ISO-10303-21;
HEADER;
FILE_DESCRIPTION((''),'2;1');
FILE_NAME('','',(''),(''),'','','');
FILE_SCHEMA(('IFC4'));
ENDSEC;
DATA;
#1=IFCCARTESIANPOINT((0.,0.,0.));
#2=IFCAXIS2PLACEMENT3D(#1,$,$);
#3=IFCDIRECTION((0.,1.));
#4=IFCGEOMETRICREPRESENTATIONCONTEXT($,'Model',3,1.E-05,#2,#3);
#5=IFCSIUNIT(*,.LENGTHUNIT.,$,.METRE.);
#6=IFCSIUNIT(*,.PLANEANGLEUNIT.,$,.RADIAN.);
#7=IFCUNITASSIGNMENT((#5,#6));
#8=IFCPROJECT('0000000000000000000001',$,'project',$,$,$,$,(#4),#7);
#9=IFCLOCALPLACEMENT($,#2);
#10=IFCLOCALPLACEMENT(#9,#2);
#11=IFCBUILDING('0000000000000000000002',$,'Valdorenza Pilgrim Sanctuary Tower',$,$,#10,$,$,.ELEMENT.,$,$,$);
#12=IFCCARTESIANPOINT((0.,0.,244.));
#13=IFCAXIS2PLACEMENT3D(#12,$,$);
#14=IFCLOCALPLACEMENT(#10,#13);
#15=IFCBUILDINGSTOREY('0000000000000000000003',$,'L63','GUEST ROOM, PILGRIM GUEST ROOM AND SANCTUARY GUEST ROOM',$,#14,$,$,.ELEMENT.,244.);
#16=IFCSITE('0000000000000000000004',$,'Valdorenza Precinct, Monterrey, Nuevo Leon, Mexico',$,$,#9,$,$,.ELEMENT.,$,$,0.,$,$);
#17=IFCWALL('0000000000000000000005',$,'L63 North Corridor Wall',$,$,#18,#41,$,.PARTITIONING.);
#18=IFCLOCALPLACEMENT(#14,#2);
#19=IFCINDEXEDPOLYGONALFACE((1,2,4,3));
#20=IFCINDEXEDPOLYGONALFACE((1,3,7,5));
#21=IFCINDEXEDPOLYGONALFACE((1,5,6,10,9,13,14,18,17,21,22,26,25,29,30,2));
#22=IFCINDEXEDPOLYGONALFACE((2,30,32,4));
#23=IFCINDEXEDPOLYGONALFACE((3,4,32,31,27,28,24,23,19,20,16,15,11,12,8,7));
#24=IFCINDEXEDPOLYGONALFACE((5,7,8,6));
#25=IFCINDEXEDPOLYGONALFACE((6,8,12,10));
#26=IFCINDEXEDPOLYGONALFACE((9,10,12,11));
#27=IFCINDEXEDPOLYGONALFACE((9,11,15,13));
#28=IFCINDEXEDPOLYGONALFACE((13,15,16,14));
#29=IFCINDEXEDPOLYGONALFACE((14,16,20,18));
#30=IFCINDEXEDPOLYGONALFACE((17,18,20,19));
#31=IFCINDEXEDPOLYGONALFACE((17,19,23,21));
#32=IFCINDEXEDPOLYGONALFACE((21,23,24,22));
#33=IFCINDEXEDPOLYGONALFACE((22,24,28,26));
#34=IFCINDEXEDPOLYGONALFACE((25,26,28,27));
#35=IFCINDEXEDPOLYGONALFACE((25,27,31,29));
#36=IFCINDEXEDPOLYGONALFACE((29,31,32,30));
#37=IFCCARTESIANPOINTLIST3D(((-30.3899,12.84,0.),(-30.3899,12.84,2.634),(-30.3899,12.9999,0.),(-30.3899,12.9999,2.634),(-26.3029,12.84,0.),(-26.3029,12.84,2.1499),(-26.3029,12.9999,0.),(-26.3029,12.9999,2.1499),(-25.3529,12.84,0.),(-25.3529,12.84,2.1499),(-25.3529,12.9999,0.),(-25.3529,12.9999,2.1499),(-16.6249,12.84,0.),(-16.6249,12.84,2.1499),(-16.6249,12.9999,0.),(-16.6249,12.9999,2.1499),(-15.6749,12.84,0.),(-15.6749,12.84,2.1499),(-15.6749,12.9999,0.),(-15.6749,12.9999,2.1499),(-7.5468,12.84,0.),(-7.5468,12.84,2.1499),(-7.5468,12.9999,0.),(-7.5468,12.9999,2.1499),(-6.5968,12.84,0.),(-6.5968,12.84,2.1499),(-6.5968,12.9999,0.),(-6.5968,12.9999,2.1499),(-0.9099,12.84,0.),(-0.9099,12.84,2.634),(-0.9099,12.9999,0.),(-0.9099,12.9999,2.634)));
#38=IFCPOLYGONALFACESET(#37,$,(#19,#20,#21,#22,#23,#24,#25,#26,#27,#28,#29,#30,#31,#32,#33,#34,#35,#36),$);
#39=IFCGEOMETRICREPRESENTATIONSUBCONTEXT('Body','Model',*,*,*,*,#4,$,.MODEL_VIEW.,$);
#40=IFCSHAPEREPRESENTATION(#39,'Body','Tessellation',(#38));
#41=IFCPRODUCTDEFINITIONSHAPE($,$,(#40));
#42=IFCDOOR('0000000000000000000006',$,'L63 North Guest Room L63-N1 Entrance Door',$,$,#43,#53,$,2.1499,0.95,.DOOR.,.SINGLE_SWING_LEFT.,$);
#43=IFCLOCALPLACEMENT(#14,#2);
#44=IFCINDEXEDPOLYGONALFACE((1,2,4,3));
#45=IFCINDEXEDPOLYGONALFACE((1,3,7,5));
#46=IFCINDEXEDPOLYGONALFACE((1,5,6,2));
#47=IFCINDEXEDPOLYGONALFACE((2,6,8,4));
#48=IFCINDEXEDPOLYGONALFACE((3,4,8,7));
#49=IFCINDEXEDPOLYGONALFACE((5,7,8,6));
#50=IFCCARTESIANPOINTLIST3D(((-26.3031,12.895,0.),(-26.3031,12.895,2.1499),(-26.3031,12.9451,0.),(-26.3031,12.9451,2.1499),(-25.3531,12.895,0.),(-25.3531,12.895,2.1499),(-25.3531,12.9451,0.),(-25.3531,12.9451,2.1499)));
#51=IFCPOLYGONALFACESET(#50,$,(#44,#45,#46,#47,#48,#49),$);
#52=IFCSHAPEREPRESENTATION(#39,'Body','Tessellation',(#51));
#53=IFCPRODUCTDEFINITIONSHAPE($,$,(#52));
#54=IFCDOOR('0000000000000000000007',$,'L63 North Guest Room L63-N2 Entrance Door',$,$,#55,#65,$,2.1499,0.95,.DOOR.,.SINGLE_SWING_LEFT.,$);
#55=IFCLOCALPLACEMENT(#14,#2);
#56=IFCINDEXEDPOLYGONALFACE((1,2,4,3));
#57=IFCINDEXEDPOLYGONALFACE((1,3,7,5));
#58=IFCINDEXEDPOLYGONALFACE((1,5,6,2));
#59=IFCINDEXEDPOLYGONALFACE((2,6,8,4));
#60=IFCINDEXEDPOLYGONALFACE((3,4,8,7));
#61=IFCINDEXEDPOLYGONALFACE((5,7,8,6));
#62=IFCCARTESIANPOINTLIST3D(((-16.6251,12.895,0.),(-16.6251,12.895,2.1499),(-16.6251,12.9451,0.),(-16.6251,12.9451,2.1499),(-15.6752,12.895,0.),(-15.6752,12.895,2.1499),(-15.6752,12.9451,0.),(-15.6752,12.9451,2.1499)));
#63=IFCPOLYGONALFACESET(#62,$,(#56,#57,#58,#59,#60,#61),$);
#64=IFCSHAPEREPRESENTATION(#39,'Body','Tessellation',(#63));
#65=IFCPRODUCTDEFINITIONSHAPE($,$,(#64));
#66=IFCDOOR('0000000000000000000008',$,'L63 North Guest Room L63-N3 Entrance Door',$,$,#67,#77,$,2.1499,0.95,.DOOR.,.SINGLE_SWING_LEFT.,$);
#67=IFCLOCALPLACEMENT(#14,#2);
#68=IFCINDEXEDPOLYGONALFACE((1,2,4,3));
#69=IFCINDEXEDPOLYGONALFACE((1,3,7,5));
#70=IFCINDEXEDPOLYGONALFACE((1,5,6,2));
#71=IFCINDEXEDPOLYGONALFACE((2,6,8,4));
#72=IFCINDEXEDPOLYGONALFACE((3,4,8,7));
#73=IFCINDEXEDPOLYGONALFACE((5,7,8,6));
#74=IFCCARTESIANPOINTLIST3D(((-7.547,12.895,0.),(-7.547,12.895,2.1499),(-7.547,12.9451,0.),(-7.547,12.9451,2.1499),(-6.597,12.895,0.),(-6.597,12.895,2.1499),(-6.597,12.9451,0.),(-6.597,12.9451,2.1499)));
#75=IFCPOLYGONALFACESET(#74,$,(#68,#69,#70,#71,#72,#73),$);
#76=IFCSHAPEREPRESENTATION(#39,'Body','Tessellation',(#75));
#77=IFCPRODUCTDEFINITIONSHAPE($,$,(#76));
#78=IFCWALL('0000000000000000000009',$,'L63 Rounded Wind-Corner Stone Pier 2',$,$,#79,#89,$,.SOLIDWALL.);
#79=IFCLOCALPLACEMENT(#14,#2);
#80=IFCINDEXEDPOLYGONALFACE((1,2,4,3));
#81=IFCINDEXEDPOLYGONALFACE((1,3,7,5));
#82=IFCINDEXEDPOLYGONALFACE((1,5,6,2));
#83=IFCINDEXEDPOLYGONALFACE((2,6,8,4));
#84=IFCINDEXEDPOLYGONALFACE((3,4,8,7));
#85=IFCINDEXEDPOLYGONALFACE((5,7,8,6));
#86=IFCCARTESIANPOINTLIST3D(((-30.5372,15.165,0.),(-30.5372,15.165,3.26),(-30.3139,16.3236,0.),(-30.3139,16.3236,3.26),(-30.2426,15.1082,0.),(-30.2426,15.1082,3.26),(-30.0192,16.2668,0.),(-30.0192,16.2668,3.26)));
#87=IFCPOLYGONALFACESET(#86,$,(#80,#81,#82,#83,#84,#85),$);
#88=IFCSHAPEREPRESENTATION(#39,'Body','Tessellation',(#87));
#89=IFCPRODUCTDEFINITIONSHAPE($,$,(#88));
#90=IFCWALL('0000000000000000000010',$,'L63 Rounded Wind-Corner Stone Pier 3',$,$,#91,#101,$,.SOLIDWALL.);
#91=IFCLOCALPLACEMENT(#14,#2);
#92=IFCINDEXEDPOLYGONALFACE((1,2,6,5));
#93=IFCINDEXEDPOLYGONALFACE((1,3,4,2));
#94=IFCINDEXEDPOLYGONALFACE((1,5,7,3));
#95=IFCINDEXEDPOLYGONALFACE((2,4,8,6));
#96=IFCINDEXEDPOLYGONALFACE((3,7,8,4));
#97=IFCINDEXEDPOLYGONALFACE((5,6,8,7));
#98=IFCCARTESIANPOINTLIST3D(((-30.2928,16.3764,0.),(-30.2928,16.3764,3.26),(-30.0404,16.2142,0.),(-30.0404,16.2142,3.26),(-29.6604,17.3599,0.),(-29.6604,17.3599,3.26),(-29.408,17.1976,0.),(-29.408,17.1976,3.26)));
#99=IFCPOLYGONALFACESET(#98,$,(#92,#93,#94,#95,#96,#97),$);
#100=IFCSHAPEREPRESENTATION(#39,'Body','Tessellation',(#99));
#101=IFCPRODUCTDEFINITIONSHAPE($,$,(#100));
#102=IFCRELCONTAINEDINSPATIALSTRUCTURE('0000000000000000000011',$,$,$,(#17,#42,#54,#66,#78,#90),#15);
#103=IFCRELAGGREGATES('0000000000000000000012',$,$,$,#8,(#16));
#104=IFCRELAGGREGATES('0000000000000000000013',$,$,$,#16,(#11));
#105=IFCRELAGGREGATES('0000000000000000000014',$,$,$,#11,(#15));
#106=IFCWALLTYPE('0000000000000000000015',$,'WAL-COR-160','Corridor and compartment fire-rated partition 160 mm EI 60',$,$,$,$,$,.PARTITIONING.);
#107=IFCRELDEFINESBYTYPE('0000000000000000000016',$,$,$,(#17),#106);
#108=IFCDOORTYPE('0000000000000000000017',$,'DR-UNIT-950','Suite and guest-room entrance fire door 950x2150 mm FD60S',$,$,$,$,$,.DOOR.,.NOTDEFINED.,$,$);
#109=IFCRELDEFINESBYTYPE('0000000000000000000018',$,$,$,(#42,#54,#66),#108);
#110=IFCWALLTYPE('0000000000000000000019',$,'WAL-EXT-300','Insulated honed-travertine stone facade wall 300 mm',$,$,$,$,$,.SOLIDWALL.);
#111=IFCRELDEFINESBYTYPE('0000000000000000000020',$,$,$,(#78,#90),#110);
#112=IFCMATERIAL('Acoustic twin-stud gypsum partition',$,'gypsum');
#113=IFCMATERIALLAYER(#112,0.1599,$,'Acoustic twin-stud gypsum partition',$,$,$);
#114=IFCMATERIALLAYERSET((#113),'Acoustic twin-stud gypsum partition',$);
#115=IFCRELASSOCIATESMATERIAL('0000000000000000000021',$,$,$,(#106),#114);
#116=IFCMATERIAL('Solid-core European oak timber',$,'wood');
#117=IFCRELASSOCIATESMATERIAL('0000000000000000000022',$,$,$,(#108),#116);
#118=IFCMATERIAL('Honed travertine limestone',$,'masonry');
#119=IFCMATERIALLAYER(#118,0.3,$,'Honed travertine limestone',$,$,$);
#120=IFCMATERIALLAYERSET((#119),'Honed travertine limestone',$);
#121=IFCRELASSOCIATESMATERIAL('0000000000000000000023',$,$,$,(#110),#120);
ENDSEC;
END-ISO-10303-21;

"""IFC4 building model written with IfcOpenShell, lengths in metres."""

from ifc_helpers import new_model, si_unit, direction, frame, frame_2d, origin, place, context, subcontext, project, spatial, rectangle, extrude, material, layer, layer_set, type_object, element, fill, save


model = new_model("IFC4")

# Units and contexts
model_context = context("Model", 3, precision=1e-05, world=origin(), true_north=direction((0.0, 1.0)))
body_context = subcontext(model_context, "Body", "Model", "MODEL_VIEW")
ifc_project = project(units=[si_unit("LENGTHUNIT", "METRE"), si_unit("PLANEANGLEUNIT", "RADIAN")], contexts=[model_context])

# Site, building, storey
site_placement = place(None, origin())
site = spatial("IfcSite", under=ifc_project, at=site_placement, Name="Valdorenza Precinct, Monterrey, Nuevo Leon, Mexico", CompositionType="ELEMENT", RefElevation=0.0)
building_placement = place(site_placement, origin())
building = spatial("IfcBuilding", under=site, at=building_placement, Name="Valdorenza Pilgrim Sanctuary Tower", CompositionType="ELEMENT")
storey_placement = place(building_placement, frame((0.0, 0.0, 244.0)))
storey = spatial("IfcBuildingStorey", under=building, at=storey_placement, Name="L63", Description="GUEST ROOM, PILGRIM GUEST ROOM AND SANCTUARY GUEST ROOM", CompositionType="ELEMENT", Elevation=244.0)

# Shared definitions
ifc_material_1 = material(Name="Honed travertine limestone", Category="masonry")

# Wall, openings, doors
ifc_material_2 = material(Name="Acoustic twin-stud gypsum partition", Category="gypsum")
ifc_layer_1 = layer(ifc_material_2, 0.1599, Name="Acoustic twin-stud gypsum partition")
ifc_layer_set_1 = layer_set([ifc_layer_1], Name="Acoustic twin-stud gypsum partition")
wall_type_1 = type_object("IfcWallType", Name="WAL-COR-160", Description="Corridor and compartment fire-rated partition 160 mm EI 60", PredefinedType="PARTITIONING", material=ifc_layer_set_1)
wall_1_placement = place(storey_placement, frame((-30.3899, 12.9199, 0.0), z_axis=(0.0, 0.0, 1.0), x_axis=(1.0, 0.0, 0.0)))
wall_1 = element("IfcWall", 1, at=wall_1_placement, inside=storey, type_object=wall_type_1, Name="L63 North Corridor Wall", PredefinedType="PARTITIONING", context=body_context, shape_type="SweptSolid", body=[
    extrude(rectangle(XDim=29.48, YDim=0.1599, at=frame_2d((14.74, 0.0))), origin(), (0.0, 0.0, 1.0), 2.634),
])
opening_1_placement = place(wall_1_placement, frame((4.0869, 0.0, 0.0)))
opening_1 = element("IfcOpeningElement", 2, at=opening_1_placement, cuts=wall_1, PredefinedType="OPENING", context=body_context, shape_type="SweptSolid", body=[
    extrude(rectangle(XDim=0.95, YDim=2.1499, at=frame_2d((0.4751, 1.075))), frame((0.0, 0.0947, 0.0), z_axis=(0.0, -1.0, 0.0), x_axis=(1.0, 0.0, 0.0)), (0.0, 0.0, 1.0), 0.1897),
])
opening_2_placement = place(wall_1_placement, frame((13.7649, 0.0, 0.0)))
opening_2 = element("IfcOpeningElement", 3, at=opening_2_placement, cuts=wall_1, PredefinedType="OPENING", context=body_context, shape_type="SweptSolid", body=[
    extrude(rectangle(XDim=0.95, YDim=2.1499, at=frame_2d((0.4751, 1.075))), frame((0.0, 0.0947, 0.0), z_axis=(0.0, -1.0, 0.0), x_axis=(1.0, 0.0, 0.0)), (0.0, 0.0, 1.0), 0.1897),
])
opening_3_placement = place(wall_1_placement, frame((22.843, 0.0, 0.0)))
opening_3 = element("IfcOpeningElement", 4, at=opening_3_placement, cuts=wall_1, PredefinedType="OPENING", context=body_context, shape_type="SweptSolid", body=[
    extrude(rectangle(XDim=0.95, YDim=2.1499, at=frame_2d((0.4751, 1.075))), frame((0.0, 0.0947, 0.0), z_axis=(0.0, -1.0, 0.0), x_axis=(1.0, 0.0, 0.0)), (0.0, 0.0, 1.0), 0.1897),
])
ifc_material_3 = material(Name="Solid-core European oak timber", Category="wood")
door_type = type_object("IfcDoorType", Name="DR-UNIT-950", Description="Suite and guest-room entrance fire door 950x2150 mm FD60S", OperationType="NOTDEFINED", PredefinedType="DOOR", material=ifc_material_3)
door_1_placement = place(opening_1_placement, frame((0.95, 0.0, 0.0), z_axis=(0.0, 0.0, 1.0), x_axis=(-1.0, 0.0, 0.0)))
door_1 = element("IfcDoor", 5, at=door_1_placement, inside=storey, type_object=door_type, Name="L63 North Guest Room L63-N1 Entrance Door", OperationType="SINGLE_SWING_LEFT", OverallHeight=2.1499, OverallWidth=0.95, PredefinedType="DOOR", context=body_context, shape_type="SweptSolid", body=[
    extrude(rectangle(XDim=0.95, YDim=2.1499, at=frame_2d((0.4751, 1.075))), frame((0.0, 0.0249, 0.0), z_axis=(0.0, -1.0, 0.0), x_axis=(1.0, 0.0, 0.0)), (0.0, 0.0, 1.0), 0.05),
])
fill(opening_1, door_1)
door_2_placement = place(opening_2_placement, frame((0.95, 0.0, 0.0), z_axis=(0.0, 0.0, 1.0), x_axis=(-1.0, 0.0, 0.0)))
door_2 = element("IfcDoor", 6, at=door_2_placement, inside=storey, type_object=door_type, Name="L63 North Guest Room L63-N2 Entrance Door", OperationType="SINGLE_SWING_LEFT", OverallHeight=2.1499, OverallWidth=0.95, PredefinedType="DOOR", context=body_context, shape_type="SweptSolid", body=[
    extrude(rectangle(XDim=0.95, YDim=2.1499, at=frame_2d((0.4751, 1.075))), frame((0.0, 0.0249, 0.0), z_axis=(0.0, -1.0, 0.0), x_axis=(1.0, 0.0, 0.0)), (0.0, 0.0, 1.0), 0.05),
])
fill(opening_2, door_2)
door_3_placement = place(opening_3_placement, frame((0.95, 0.0, 0.0), z_axis=(0.0, 0.0, 1.0), x_axis=(-1.0, 0.0, 0.0)))
door_3 = element("IfcDoor", 7, at=door_3_placement, inside=storey, type_object=door_type, Name="L63 North Guest Room L63-N3 Entrance Door", OperationType="SINGLE_SWING_LEFT", OverallHeight=2.1499, OverallWidth=0.95, PredefinedType="DOOR", context=body_context, shape_type="SweptSolid", body=[
    extrude(rectangle(XDim=0.95, YDim=2.1499, at=frame_2d((0.4751, 1.075))), frame((0.0, 0.0249, 0.0), z_axis=(0.0, -1.0, 0.0), x_axis=(1.0, 0.0, 0.0)), (0.0, 0.0, 1.0), 0.05),
])
fill(opening_3, door_3)

# Walls
ifc_layer_2 = layer(ifc_material_1, 0.3, Name="Honed travertine limestone")
ifc_layer_set_2 = layer_set([ifc_layer_2], Name="Honed travertine limestone")
wall_type_2 = type_object("IfcWallType", Name="WAL-EXT-300", Description="Insulated honed-travertine stone facade wall 300 mm", PredefinedType="SOLIDWALL", material=ifc_layer_set_2)
wall_2_placement = place(storey_placement, frame((-30.3899, 15.1367, 0.0), z_axis=(0.0, 0.0, 1.0), x_axis=(0.189308, 0.981918, 0.0)))
element("IfcWall", 8, at=wall_2_placement, inside=storey, type_object=wall_type_2, Name="L63 Rounded Wind-Corner Stone Pier 2", PredefinedType="SOLIDWALL", context=body_context, shape_type="SweptSolid", body=[
    extrude(rectangle(XDim=1.1799, YDim=0.3, at=frame_2d((0.5898, 0.0))), origin(), (0.0, 0.0, 1.0), 3.26),
])
wall_3_placement = place(storey_placement, frame((-30.1665, 16.2954, 0.0), z_axis=(0.0, 0.0, 1.0), x_axis=(0.540842, 0.841124, 0.0)))
element("IfcWall", 9, at=wall_3_placement, inside=storey, type_object=wall_type_2, Name="L63 Rounded Wind-Corner Stone Pier 3", PredefinedType="SOLIDWALL", context=body_context, shape_type="SweptSolid", body=[
    extrude(rectangle(XDim=1.1692, YDim=0.3, at=frame_2d((0.5845, 0.0))), origin(), (0.0, 0.0, 1.0), 3.26),
])

save(model, "model.ifc")
